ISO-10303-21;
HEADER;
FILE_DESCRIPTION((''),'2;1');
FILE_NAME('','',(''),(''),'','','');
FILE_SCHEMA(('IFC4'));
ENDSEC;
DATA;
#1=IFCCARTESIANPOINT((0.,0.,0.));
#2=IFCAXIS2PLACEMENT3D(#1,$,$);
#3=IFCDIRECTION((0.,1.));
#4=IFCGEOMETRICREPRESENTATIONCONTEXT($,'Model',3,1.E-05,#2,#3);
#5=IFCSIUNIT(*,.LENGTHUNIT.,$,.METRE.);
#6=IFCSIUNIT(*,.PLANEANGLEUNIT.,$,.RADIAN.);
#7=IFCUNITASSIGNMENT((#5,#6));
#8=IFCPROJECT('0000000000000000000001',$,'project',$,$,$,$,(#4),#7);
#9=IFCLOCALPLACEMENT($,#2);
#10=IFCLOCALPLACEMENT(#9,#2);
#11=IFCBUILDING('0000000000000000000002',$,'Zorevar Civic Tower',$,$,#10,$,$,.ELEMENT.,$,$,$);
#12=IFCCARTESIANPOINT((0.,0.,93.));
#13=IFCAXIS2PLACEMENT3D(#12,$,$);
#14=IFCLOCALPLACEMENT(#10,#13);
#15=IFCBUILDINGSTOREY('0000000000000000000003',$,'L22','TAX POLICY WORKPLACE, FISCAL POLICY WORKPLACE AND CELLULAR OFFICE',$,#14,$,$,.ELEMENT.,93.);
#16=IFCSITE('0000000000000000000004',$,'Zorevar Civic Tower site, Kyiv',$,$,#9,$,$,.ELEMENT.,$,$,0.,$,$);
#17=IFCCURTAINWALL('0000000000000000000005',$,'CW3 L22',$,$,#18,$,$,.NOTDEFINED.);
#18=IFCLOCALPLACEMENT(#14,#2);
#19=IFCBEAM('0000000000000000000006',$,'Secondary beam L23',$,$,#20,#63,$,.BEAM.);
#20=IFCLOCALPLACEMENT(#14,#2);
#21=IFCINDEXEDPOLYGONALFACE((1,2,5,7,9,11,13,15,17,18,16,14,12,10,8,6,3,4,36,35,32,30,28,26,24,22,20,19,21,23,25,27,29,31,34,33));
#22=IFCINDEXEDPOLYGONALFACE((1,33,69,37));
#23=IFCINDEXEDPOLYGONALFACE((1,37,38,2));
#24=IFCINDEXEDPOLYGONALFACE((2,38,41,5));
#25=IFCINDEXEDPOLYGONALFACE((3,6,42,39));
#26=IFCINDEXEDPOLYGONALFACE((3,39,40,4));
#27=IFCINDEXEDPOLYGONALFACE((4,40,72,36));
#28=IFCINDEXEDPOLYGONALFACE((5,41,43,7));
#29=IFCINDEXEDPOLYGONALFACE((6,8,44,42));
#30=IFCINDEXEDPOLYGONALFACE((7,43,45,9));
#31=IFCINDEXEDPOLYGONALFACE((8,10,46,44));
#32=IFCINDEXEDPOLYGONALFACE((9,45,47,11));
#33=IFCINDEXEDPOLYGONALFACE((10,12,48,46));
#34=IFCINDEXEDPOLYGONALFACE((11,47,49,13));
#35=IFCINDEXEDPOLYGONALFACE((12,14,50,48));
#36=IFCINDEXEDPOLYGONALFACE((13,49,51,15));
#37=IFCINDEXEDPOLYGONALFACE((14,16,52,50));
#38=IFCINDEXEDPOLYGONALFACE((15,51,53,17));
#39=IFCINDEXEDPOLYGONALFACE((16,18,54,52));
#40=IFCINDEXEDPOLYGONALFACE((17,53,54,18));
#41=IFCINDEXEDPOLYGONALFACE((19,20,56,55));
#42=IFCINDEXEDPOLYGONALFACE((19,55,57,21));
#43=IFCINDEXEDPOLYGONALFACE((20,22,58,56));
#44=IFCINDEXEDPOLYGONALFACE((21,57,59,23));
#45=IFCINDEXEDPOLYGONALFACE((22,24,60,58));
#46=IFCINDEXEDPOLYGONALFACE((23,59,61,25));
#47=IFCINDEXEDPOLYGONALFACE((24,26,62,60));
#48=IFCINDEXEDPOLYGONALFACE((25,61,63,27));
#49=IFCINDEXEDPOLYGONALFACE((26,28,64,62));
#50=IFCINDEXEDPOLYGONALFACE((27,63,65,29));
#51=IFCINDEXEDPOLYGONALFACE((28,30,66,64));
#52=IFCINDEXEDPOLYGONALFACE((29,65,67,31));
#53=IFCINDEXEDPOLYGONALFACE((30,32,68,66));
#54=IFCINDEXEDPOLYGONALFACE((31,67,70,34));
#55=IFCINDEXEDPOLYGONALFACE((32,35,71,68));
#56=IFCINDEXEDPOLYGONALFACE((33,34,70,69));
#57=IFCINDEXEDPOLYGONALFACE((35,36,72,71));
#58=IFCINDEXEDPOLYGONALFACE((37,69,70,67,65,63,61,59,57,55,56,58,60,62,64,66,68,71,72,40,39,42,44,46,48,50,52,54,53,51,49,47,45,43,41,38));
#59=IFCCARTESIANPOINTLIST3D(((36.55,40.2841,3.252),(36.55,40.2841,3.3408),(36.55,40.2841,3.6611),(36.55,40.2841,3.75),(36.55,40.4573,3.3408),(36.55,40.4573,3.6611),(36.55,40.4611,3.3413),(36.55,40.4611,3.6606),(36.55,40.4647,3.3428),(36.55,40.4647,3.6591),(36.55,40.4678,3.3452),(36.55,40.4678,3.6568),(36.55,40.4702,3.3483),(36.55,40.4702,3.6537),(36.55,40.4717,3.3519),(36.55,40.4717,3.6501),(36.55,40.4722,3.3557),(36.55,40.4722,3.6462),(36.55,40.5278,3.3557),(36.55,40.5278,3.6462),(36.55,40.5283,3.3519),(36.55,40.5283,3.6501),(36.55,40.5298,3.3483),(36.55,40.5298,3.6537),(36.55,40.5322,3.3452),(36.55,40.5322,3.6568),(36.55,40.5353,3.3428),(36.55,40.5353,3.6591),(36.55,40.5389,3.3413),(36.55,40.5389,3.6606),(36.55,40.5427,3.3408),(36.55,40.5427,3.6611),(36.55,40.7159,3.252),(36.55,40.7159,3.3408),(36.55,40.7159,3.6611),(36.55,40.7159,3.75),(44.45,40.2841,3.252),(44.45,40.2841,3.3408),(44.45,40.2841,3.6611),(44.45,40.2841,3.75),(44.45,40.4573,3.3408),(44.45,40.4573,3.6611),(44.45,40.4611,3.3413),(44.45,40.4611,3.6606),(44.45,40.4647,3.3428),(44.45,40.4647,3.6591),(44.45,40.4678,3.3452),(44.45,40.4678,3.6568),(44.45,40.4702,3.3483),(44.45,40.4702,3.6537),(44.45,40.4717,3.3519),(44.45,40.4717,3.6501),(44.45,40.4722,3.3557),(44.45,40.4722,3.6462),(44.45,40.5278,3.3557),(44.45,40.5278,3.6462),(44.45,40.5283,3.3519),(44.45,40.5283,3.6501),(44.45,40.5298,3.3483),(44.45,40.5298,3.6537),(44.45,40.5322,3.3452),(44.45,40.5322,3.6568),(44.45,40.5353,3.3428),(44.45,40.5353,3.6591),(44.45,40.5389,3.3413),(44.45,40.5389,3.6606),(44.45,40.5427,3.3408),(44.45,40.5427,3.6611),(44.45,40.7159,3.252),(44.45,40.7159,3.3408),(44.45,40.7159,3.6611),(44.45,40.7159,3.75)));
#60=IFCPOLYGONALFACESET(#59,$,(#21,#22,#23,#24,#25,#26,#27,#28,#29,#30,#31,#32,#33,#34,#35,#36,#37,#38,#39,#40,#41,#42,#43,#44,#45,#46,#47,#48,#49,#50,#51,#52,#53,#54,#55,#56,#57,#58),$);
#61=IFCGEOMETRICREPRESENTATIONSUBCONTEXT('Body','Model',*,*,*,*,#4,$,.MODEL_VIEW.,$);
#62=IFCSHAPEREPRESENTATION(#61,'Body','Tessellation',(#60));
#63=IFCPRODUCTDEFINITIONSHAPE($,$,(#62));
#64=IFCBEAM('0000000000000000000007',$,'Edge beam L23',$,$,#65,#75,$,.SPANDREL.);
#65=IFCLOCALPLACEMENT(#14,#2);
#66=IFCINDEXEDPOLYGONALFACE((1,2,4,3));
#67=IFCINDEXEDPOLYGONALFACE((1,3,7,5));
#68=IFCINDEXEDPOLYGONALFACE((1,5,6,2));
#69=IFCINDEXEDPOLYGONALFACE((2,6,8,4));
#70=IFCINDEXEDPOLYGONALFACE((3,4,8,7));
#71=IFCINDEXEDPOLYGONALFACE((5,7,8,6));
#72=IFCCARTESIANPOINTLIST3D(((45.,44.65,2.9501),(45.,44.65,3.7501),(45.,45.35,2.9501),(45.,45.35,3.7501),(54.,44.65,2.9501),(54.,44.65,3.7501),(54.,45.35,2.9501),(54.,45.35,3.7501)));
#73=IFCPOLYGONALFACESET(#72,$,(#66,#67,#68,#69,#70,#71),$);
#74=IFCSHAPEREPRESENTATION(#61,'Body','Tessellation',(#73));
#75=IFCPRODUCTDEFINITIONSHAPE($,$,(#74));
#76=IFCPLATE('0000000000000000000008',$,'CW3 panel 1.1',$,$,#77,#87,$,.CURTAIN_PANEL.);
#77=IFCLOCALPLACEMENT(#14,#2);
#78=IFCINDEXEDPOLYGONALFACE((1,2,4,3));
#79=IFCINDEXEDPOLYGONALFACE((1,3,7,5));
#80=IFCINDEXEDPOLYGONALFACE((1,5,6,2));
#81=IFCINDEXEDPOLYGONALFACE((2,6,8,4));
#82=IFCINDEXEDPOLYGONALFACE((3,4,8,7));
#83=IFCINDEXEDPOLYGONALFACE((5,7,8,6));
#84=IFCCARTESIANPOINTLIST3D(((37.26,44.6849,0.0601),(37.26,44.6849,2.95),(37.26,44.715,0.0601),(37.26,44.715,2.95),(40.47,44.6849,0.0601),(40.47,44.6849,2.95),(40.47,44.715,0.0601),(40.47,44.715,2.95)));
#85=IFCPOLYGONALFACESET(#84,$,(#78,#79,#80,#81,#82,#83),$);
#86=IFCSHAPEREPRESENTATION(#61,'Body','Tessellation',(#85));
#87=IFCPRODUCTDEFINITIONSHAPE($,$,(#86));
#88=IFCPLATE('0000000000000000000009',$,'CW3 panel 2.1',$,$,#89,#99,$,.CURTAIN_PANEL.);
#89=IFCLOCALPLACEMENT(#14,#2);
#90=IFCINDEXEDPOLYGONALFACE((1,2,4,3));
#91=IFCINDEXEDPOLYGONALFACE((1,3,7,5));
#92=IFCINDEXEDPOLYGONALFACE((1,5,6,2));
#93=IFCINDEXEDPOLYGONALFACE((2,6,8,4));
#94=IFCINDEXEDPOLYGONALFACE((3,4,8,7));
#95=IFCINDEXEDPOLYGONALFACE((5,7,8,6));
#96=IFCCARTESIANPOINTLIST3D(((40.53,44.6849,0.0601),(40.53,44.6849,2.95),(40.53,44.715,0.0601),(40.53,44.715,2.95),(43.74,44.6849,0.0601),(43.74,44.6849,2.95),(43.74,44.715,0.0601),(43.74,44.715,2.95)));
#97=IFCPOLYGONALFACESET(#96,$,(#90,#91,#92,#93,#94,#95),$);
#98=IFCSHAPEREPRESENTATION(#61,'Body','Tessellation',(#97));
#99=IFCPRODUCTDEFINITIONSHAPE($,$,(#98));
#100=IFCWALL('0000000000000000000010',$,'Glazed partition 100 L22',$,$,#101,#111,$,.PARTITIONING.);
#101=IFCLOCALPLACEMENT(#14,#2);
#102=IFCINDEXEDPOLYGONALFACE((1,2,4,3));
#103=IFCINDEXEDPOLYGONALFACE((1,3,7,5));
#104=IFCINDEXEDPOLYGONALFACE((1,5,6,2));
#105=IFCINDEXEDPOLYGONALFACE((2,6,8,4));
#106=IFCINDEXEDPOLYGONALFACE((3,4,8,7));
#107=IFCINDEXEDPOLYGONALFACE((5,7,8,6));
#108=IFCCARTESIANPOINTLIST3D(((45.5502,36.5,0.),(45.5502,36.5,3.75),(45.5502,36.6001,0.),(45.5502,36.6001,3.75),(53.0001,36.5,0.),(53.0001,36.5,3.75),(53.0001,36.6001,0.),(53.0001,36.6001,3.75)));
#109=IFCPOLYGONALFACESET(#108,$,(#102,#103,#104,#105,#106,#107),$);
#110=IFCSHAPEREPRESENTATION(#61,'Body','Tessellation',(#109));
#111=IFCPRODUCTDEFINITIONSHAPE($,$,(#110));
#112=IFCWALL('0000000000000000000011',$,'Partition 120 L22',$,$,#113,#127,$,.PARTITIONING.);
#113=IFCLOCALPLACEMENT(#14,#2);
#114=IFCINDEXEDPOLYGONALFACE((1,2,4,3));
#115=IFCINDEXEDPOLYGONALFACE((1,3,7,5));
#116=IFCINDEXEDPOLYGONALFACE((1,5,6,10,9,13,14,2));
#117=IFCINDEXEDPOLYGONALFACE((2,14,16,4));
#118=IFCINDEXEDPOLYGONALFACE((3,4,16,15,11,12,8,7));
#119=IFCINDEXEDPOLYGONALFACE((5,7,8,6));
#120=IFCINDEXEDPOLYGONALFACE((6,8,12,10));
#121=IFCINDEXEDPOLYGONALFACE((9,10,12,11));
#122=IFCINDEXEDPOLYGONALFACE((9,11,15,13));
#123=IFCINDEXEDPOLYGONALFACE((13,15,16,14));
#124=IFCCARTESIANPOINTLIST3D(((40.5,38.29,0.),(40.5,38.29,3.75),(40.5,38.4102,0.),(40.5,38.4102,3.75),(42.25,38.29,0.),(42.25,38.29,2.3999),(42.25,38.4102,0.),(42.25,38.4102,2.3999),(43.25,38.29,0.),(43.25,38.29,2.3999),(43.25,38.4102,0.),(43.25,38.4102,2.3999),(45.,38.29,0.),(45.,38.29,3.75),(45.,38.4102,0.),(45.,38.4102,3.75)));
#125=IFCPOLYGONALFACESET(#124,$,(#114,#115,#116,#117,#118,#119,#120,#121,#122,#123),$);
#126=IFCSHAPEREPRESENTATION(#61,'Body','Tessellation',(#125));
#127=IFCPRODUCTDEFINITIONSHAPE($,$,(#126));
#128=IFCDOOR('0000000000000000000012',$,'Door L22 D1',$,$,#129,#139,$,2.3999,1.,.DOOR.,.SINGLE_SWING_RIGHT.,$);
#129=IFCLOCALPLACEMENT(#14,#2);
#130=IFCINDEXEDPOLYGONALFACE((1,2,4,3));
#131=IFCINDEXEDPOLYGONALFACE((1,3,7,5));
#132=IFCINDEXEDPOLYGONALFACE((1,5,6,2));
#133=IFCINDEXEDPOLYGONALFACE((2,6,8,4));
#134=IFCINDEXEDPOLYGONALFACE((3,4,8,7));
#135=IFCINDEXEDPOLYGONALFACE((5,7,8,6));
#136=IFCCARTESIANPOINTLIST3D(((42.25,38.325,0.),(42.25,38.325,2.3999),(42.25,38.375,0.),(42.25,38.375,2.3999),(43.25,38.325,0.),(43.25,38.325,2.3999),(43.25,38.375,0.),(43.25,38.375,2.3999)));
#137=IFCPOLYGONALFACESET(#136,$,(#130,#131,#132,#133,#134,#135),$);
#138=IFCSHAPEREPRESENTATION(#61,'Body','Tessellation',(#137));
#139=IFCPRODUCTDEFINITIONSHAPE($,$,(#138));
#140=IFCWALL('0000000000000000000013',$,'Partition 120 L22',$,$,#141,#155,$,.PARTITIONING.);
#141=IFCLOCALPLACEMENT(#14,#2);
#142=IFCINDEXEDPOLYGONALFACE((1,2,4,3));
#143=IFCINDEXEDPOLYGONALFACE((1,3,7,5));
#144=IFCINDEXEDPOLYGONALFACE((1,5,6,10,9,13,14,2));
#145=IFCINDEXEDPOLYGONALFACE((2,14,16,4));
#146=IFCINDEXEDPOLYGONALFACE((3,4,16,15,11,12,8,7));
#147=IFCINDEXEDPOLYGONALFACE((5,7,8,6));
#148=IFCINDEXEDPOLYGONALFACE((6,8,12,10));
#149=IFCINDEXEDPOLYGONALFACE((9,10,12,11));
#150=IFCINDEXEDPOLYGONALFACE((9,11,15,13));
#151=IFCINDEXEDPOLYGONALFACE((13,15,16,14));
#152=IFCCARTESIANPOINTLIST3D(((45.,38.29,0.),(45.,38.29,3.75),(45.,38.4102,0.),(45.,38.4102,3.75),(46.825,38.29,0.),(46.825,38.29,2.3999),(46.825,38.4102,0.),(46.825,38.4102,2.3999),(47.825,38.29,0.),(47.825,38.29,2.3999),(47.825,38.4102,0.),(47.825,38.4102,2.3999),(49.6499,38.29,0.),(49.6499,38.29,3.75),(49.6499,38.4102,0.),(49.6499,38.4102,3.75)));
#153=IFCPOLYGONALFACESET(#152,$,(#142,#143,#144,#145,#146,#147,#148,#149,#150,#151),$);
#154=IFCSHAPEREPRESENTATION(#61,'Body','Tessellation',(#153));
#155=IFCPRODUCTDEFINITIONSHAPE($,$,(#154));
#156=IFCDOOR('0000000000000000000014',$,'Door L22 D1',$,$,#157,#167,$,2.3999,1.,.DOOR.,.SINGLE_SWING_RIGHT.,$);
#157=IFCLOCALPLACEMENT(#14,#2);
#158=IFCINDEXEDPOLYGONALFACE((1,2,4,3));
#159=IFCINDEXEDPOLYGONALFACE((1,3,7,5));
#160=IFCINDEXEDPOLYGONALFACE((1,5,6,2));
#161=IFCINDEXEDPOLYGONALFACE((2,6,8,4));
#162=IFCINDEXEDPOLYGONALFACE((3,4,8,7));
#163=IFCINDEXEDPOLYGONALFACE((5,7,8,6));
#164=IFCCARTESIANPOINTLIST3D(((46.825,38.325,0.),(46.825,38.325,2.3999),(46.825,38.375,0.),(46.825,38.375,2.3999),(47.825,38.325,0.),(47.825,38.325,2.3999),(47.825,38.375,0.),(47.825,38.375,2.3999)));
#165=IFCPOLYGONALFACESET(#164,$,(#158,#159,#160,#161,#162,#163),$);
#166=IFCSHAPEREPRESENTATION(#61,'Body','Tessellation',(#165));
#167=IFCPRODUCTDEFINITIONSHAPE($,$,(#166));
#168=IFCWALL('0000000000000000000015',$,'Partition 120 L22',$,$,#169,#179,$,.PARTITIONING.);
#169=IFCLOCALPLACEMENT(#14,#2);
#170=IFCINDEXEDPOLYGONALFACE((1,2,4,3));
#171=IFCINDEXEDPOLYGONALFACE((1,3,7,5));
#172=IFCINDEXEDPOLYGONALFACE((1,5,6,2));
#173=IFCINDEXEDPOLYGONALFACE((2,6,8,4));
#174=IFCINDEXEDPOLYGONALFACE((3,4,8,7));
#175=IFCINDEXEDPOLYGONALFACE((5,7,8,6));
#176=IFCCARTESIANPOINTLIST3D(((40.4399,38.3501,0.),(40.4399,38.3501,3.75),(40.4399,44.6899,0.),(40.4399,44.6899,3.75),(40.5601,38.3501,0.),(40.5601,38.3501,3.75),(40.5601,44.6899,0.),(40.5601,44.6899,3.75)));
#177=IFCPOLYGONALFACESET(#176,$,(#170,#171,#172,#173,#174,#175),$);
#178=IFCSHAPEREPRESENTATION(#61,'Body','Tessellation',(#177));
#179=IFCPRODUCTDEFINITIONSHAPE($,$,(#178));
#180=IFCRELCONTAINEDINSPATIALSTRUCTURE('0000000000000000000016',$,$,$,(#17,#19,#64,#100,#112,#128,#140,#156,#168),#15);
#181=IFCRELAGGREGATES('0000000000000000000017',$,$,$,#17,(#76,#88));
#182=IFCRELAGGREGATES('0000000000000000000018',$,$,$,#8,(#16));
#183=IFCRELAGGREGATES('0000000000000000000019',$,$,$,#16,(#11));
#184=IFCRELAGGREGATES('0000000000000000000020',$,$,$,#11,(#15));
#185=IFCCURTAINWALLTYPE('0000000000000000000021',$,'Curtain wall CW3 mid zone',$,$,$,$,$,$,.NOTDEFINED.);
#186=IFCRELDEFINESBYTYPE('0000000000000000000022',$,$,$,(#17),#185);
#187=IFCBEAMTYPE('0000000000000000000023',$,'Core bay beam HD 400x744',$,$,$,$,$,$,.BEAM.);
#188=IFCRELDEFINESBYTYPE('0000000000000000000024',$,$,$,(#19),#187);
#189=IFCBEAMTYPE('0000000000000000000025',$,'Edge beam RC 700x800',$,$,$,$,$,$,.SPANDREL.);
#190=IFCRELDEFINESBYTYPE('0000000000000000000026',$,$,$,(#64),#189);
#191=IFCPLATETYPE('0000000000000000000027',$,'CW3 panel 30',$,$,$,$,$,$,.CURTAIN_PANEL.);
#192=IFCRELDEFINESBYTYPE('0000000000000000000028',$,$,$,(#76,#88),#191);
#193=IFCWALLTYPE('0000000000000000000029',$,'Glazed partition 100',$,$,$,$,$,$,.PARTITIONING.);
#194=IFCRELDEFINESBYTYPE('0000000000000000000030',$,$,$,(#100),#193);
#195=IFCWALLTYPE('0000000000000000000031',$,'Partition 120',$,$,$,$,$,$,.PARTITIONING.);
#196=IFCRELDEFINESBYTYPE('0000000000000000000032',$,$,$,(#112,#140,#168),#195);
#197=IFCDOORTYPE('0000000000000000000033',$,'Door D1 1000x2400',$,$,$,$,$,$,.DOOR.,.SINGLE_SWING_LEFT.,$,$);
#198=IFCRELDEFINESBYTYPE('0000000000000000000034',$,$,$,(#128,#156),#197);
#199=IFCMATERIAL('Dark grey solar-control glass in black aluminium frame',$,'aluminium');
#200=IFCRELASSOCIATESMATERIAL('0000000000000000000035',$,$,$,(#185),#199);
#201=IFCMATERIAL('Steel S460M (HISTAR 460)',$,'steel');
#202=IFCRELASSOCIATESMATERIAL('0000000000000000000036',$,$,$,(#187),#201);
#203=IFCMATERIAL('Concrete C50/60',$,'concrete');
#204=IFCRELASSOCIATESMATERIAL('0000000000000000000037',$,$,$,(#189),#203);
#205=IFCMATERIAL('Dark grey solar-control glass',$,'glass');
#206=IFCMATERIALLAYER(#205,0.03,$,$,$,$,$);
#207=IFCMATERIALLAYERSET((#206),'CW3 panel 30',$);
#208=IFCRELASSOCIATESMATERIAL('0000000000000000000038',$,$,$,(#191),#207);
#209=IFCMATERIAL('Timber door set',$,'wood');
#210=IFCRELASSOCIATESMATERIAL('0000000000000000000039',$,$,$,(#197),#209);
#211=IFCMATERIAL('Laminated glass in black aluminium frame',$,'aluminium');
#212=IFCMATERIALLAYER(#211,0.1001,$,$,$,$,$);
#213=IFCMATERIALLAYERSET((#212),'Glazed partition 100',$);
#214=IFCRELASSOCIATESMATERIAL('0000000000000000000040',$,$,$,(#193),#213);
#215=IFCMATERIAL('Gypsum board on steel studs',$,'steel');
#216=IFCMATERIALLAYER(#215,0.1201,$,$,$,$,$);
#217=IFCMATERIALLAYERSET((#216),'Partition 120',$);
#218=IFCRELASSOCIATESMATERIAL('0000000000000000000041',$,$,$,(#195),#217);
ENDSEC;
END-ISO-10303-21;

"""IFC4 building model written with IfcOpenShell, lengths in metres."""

from ifc_helpers import new_model, si_unit, direction, frame, frame_2d, origin, origin_2d, place, context, subcontext, project, spatial, rectangle, i_section, extrude, material, layer, layer_set, material_profile, profile_set, type_object, element, fill, aggregate, save


model = new_model("IFC4")

# Units and contexts
model_context = context("Model", 3, precision=1e-05, world=origin(), true_north=direction((0.0, 1.0)))
body_context = subcontext(model_context, "Body", "Model", "MODEL_VIEW")
ifc_project = project(units=[si_unit("LENGTHUNIT", "METRE"), si_unit("PLANEANGLEUNIT", "RADIAN")], contexts=[model_context])

# Site, building, storey
site_placement = place(None, origin())
site = spatial("IfcSite", under=ifc_project, at=site_placement, Name="Zorevar Civic Tower site, Kyiv", CompositionType="ELEMENT", RefElevation=0.0)
building_placement = place(site_placement, origin())
building = spatial("IfcBuilding", under=site, at=building_placement, Name="Zorevar Civic Tower", CompositionType="ELEMENT")
storey_placement = place(building_placement, frame((0.0, 0.0, 93.0)))
storey = spatial("IfcBuildingStorey", under=building, at=storey_placement, Name="L22", Description="TAX POLICY WORKPLACE, FISCAL POLICY WORKPLACE AND CELLULAR OFFICE", CompositionType="ELEMENT", Elevation=93.0)

# Curtain wall
ifc_material_1 = material(Name="Dark grey solar-control glass in black aluminium frame", Category="aluminium")
curtain_wall_type = type_object("IfcCurtainWallType", Name="Curtain wall CW3 mid zone", PredefinedType="NOTDEFINED", material=ifc_material_1)
curtain_wall_placement = place(storey_placement, origin())
curtain_wall = element("IfcCurtainWall", 1, at=curtain_wall_placement, inside=storey, type_object=curtain_wall_type, Name="CW3 L22", PredefinedType="NOTDEFINED")

# Beams
ifc_material_2 = material(Name="Steel S460M (HISTAR 460)", Category="steel")
ifc_material_profile_1 = material_profile(ifc_material_2, i_section(OverallWidth=0.4319, OverallDepth=0.498, WebThickness=0.0557, FlangeThickness=0.0889, FilletRadius=0.0149, at=origin_2d()), Name="HD 400x744")
ifc_profile_set_1 = profile_set([ifc_material_profile_1], Name="Steel S460M (HISTAR 460)")
beam_type_1 = type_object("IfcBeamType", Name="Core bay beam HD 400x744", PredefinedType="BEAM", material=ifc_profile_set_1)
beam_1_placement = place(storey_placement, frame((36.55, 40.5, 3.501), z_axis=(1.0, 0.0, 0.0), x_axis=(0.0, 1.0, 0.0)))
element("IfcBeam", 2, at=beam_1_placement, inside=storey, type_object=beam_type_1, Name="Secondary beam L23", PredefinedType="BEAM", context=body_context, shape_type="SweptSolid", body=[
    extrude(i_section(OverallWidth=0.4319, OverallDepth=0.498, WebThickness=0.0557, FlangeThickness=0.0889, FilletRadius=0.0149, at=origin_2d()), origin(), (0.0, 0.0, 1.0), 7.8999),
])
ifc_material_3 = material(Name="Concrete C50/60", Category="concrete")
ifc_material_profile_2 = material_profile(ifc_material_3, rectangle(XDim=0.7, YDim=0.8, at=origin_2d()), Name="RC 700x800")
ifc_profile_set_2 = profile_set([ifc_material_profile_2], Name="Concrete C50/60")
beam_type_2 = type_object("IfcBeamType", Name="Edge beam RC 700x800", PredefinedType="SPANDREL", material=ifc_profile_set_2)
beam_2_placement = place(storey_placement, frame((45.0, 45.0, 3.3501), z_axis=(1.0, 0.0, 0.0), x_axis=(0.0, 1.0, 0.0)))
element("IfcBeam", 3, at=beam_2_placement, inside=storey, type_object=beam_type_2, Name="Edge beam L23", PredefinedType="SPANDREL", context=body_context, shape_type="SweptSolid", body=[
    extrude(rectangle(XDim=0.7, YDim=0.8, at=origin_2d()), origin(), (0.0, 0.0, 1.0), 9.0),
])

# Plates
ifc_material_4 = material(Name="Dark grey solar-control glass", Category="glass")
ifc_layer_1 = layer(ifc_material_4, 0.03)
ifc_layer_set_1 = layer_set([ifc_layer_1], Name="CW3 panel 30")
plate_type = type_object("IfcPlateType", Name="CW3 panel 30", PredefinedType="CURTAIN_PANEL", material=ifc_layer_set_1)
plate_1_placement = place(storey_placement, frame((38.865, 44.7, 0.0601), z_axis=(0.0, 0.0, 1.0), x_axis=(1.0, 0.0, 0.0)))
plate_1 = element("IfcPlate", 4, at=plate_1_placement, type_object=plate_type, Name="CW3 panel 1.1", PredefinedType="CURTAIN_PANEL", context=body_context, shape_type="SweptSolid", body=[
    extrude(rectangle(XDim=3.21, YDim=0.03, at=origin_2d()), origin(), (0.0, 0.0, 1.0), 2.8899),
])
plate_2_placement = place(storey_placement, frame((42.135, 44.7, 0.0601), z_axis=(0.0, 0.0, 1.0), x_axis=(1.0, 0.0, 0.0)))
plate_2 = element("IfcPlate", 5, at=plate_2_placement, type_object=plate_type, Name="CW3 panel 2.1", PredefinedType="CURTAIN_PANEL", context=body_context, shape_type="SweptSolid", body=[
    extrude(rectangle(XDim=3.21, YDim=0.03, at=origin_2d()), origin(), (0.0, 0.0, 1.0), 2.8899),
])
aggregate(curtain_wall, [plate_1, plate_2])

# Shared definitions
ifc_material_5 = material(Name="Timber door set", Category="wood")
door_type_1 = type_object("IfcDoorType", Name="Door D1 1000x2400", OperationType="SINGLE_SWING_LEFT", PredefinedType="DOOR", material=ifc_material_5)

# Wall
ifc_material_6 = material(Name="Laminated glass in black aluminium frame", Category="aluminium")
ifc_layer_2 = layer(ifc_material_6, 0.1001)
ifc_layer_set_2 = layer_set([ifc_layer_2], Name="Glazed partition 100")
wall_type_1 = type_object("IfcWallType", Name="Glazed partition 100", PredefinedType="PARTITIONING", material=ifc_layer_set_2)
wall_1_placement = place(storey_placement, frame((45.55, 36.55, 0.0), z_axis=(0.0, 0.0, 1.0), x_axis=(1.0, 0.0, 0.0)))
element("IfcWall", 6, at=wall_1_placement, inside=storey, type_object=wall_type_1, Name="Glazed partition 100 L22", PredefinedType="PARTITIONING", context=body_context, shape_type="SweptSolid", body=[
    extrude(rectangle(XDim=7.45, YDim=0.1001, at=frame_2d((3.7251, 0.0))), origin(), (0.0, 0.0, 1.0), 3.75),
])

# Walls, openings, doors
ifc_material_7 = material(Name="Gypsum board on steel studs", Category="steel")
ifc_layer_3 = layer(ifc_material_7, 0.1201)
ifc_layer_set_3 = layer_set([ifc_layer_3], Name="Partition 120")
wall_type_2 = type_object("IfcWallType", Name="Partition 120", PredefinedType="PARTITIONING", material=ifc_layer_set_3)
wall_2_placement = place(storey_placement, frame((40.5, 38.3501, 0.0), z_axis=(0.0, 0.0, 1.0), x_axis=(1.0, 0.0, 0.0)))
wall_2 = element("IfcWall", 7, at=wall_2_placement, inside=storey, type_object=wall_type_2, Name="Partition 120 L22", PredefinedType="PARTITIONING", context=body_context, shape_type="SweptSolid", body=[
    extrude(rectangle(XDim=4.5, YDim=0.1201, at=frame_2d((2.25, 0.0))), origin(), (0.0, 0.0, 1.0), 3.75),
])
opening_1_placement = place(wall_2_placement, frame((1.75, 0.0, 0.0)))
opening_1 = element("IfcOpeningElement", 8, at=opening_1_placement, cuts=wall_2, PredefinedType="OPENING", context=body_context, shape_type="SweptSolid", body=[
    extrude(rectangle(XDim=1.0, YDim=2.3999, at=frame_2d((0.5, 1.2))), frame((0.0, 0.0701, 0.0), z_axis=(0.0, -1.0, 0.0), x_axis=(1.0, 0.0, 0.0)), (0.0, 0.0, 1.0), 0.1401),
])
door_1_placement = place(opening_1_placement, origin())
door_1 = element("IfcDoor", 9, at=door_1_placement, inside=storey, type_object=door_type_1, Name="Door L22 D1", OperationType="SINGLE_SWING_RIGHT", OverallHeight=2.3999, OverallWidth=1.0, PredefinedType="DOOR", context=body_context, shape_type="SweptSolid", body=[
    extrude(rectangle(XDim=1.0, YDim=2.3999, at=frame_2d((0.5, 1.2))), frame((0.0, 0.0249, 0.0), z_axis=(0.0, -1.0, 0.0), x_axis=(1.0, 0.0, 0.0)), (0.0, 0.0, 1.0), 0.05),
])
fill(opening_1, door_1)
wall_3_placement = place(storey_placement, frame((45.0, 38.3501, 0.0), z_axis=(0.0, 0.0, 1.0), x_axis=(1.0, 0.0, 0.0)))
wall_3 = element("IfcWall", 10, at=wall_3_placement, inside=storey, type_object=wall_type_2, Name="Partition 120 L22", PredefinedType="PARTITIONING", context=body_context, shape_type="SweptSolid", body=[
    extrude(rectangle(XDim=4.6499, YDim=0.1201, at=frame_2d((2.325, 0.0))), origin(), (0.0, 0.0, 1.0), 3.75),
])
opening_2_placement = place(wall_3_placement, frame((1.825, 0.0, 0.0)))
opening_2 = element("IfcOpeningElement", 11, at=opening_2_placement, cuts=wall_3, PredefinedType="OPENING", context=body_context, shape_type="SweptSolid", body=[
    extrude(rectangle(XDim=1.0, YDim=2.3999, at=frame_2d((0.5, 1.2))), frame((0.0, 0.0701, 0.0), z_axis=(0.0, -1.0, 0.0), x_axis=(1.0, 0.0, 0.0)), (0.0, 0.0, 1.0), 0.1401),
])
door_2_placement = place(opening_2_placement, origin())
door_2 = element("IfcDoor", 12, at=door_2_placement, inside=storey, type_object=door_type_1, Name="Door L22 D1", OperationType="SINGLE_SWING_RIGHT", OverallHeight=2.3999, OverallWidth=1.0, PredefinedType="DOOR", context=body_context, shape_type="SweptSolid", body=[
    extrude(rectangle(XDim=1.0, YDim=2.3999, at=frame_2d((0.5, 1.2))), frame((0.0, 0.0249, 0.0), z_axis=(0.0, -1.0, 0.0), x_axis=(1.0, 0.0, 0.0)), (0.0, 0.0, 1.0), 0.05),
])
fill(opening_2, door_2)

# Wall
wall_4_placement = place(storey_placement, frame((40.5, 38.3501, 0.0), z_axis=(0.0, 0.0, 1.0), x_axis=(0.0, 1.0, 0.0)))
element("IfcWall", 13, at=wall_4_placement, inside=storey, type_object=wall_type_2, Name="Partition 120 L22", PredefinedType="PARTITIONING", context=body_context, shape_type="SweptSolid", body=[
    extrude(rectangle(XDim=6.3398, YDim=0.1201, at=frame_2d((3.1699, 0.0))), origin(), (0.0, 0.0, 1.0), 3.75),
])

save(model, "model.ifc")
